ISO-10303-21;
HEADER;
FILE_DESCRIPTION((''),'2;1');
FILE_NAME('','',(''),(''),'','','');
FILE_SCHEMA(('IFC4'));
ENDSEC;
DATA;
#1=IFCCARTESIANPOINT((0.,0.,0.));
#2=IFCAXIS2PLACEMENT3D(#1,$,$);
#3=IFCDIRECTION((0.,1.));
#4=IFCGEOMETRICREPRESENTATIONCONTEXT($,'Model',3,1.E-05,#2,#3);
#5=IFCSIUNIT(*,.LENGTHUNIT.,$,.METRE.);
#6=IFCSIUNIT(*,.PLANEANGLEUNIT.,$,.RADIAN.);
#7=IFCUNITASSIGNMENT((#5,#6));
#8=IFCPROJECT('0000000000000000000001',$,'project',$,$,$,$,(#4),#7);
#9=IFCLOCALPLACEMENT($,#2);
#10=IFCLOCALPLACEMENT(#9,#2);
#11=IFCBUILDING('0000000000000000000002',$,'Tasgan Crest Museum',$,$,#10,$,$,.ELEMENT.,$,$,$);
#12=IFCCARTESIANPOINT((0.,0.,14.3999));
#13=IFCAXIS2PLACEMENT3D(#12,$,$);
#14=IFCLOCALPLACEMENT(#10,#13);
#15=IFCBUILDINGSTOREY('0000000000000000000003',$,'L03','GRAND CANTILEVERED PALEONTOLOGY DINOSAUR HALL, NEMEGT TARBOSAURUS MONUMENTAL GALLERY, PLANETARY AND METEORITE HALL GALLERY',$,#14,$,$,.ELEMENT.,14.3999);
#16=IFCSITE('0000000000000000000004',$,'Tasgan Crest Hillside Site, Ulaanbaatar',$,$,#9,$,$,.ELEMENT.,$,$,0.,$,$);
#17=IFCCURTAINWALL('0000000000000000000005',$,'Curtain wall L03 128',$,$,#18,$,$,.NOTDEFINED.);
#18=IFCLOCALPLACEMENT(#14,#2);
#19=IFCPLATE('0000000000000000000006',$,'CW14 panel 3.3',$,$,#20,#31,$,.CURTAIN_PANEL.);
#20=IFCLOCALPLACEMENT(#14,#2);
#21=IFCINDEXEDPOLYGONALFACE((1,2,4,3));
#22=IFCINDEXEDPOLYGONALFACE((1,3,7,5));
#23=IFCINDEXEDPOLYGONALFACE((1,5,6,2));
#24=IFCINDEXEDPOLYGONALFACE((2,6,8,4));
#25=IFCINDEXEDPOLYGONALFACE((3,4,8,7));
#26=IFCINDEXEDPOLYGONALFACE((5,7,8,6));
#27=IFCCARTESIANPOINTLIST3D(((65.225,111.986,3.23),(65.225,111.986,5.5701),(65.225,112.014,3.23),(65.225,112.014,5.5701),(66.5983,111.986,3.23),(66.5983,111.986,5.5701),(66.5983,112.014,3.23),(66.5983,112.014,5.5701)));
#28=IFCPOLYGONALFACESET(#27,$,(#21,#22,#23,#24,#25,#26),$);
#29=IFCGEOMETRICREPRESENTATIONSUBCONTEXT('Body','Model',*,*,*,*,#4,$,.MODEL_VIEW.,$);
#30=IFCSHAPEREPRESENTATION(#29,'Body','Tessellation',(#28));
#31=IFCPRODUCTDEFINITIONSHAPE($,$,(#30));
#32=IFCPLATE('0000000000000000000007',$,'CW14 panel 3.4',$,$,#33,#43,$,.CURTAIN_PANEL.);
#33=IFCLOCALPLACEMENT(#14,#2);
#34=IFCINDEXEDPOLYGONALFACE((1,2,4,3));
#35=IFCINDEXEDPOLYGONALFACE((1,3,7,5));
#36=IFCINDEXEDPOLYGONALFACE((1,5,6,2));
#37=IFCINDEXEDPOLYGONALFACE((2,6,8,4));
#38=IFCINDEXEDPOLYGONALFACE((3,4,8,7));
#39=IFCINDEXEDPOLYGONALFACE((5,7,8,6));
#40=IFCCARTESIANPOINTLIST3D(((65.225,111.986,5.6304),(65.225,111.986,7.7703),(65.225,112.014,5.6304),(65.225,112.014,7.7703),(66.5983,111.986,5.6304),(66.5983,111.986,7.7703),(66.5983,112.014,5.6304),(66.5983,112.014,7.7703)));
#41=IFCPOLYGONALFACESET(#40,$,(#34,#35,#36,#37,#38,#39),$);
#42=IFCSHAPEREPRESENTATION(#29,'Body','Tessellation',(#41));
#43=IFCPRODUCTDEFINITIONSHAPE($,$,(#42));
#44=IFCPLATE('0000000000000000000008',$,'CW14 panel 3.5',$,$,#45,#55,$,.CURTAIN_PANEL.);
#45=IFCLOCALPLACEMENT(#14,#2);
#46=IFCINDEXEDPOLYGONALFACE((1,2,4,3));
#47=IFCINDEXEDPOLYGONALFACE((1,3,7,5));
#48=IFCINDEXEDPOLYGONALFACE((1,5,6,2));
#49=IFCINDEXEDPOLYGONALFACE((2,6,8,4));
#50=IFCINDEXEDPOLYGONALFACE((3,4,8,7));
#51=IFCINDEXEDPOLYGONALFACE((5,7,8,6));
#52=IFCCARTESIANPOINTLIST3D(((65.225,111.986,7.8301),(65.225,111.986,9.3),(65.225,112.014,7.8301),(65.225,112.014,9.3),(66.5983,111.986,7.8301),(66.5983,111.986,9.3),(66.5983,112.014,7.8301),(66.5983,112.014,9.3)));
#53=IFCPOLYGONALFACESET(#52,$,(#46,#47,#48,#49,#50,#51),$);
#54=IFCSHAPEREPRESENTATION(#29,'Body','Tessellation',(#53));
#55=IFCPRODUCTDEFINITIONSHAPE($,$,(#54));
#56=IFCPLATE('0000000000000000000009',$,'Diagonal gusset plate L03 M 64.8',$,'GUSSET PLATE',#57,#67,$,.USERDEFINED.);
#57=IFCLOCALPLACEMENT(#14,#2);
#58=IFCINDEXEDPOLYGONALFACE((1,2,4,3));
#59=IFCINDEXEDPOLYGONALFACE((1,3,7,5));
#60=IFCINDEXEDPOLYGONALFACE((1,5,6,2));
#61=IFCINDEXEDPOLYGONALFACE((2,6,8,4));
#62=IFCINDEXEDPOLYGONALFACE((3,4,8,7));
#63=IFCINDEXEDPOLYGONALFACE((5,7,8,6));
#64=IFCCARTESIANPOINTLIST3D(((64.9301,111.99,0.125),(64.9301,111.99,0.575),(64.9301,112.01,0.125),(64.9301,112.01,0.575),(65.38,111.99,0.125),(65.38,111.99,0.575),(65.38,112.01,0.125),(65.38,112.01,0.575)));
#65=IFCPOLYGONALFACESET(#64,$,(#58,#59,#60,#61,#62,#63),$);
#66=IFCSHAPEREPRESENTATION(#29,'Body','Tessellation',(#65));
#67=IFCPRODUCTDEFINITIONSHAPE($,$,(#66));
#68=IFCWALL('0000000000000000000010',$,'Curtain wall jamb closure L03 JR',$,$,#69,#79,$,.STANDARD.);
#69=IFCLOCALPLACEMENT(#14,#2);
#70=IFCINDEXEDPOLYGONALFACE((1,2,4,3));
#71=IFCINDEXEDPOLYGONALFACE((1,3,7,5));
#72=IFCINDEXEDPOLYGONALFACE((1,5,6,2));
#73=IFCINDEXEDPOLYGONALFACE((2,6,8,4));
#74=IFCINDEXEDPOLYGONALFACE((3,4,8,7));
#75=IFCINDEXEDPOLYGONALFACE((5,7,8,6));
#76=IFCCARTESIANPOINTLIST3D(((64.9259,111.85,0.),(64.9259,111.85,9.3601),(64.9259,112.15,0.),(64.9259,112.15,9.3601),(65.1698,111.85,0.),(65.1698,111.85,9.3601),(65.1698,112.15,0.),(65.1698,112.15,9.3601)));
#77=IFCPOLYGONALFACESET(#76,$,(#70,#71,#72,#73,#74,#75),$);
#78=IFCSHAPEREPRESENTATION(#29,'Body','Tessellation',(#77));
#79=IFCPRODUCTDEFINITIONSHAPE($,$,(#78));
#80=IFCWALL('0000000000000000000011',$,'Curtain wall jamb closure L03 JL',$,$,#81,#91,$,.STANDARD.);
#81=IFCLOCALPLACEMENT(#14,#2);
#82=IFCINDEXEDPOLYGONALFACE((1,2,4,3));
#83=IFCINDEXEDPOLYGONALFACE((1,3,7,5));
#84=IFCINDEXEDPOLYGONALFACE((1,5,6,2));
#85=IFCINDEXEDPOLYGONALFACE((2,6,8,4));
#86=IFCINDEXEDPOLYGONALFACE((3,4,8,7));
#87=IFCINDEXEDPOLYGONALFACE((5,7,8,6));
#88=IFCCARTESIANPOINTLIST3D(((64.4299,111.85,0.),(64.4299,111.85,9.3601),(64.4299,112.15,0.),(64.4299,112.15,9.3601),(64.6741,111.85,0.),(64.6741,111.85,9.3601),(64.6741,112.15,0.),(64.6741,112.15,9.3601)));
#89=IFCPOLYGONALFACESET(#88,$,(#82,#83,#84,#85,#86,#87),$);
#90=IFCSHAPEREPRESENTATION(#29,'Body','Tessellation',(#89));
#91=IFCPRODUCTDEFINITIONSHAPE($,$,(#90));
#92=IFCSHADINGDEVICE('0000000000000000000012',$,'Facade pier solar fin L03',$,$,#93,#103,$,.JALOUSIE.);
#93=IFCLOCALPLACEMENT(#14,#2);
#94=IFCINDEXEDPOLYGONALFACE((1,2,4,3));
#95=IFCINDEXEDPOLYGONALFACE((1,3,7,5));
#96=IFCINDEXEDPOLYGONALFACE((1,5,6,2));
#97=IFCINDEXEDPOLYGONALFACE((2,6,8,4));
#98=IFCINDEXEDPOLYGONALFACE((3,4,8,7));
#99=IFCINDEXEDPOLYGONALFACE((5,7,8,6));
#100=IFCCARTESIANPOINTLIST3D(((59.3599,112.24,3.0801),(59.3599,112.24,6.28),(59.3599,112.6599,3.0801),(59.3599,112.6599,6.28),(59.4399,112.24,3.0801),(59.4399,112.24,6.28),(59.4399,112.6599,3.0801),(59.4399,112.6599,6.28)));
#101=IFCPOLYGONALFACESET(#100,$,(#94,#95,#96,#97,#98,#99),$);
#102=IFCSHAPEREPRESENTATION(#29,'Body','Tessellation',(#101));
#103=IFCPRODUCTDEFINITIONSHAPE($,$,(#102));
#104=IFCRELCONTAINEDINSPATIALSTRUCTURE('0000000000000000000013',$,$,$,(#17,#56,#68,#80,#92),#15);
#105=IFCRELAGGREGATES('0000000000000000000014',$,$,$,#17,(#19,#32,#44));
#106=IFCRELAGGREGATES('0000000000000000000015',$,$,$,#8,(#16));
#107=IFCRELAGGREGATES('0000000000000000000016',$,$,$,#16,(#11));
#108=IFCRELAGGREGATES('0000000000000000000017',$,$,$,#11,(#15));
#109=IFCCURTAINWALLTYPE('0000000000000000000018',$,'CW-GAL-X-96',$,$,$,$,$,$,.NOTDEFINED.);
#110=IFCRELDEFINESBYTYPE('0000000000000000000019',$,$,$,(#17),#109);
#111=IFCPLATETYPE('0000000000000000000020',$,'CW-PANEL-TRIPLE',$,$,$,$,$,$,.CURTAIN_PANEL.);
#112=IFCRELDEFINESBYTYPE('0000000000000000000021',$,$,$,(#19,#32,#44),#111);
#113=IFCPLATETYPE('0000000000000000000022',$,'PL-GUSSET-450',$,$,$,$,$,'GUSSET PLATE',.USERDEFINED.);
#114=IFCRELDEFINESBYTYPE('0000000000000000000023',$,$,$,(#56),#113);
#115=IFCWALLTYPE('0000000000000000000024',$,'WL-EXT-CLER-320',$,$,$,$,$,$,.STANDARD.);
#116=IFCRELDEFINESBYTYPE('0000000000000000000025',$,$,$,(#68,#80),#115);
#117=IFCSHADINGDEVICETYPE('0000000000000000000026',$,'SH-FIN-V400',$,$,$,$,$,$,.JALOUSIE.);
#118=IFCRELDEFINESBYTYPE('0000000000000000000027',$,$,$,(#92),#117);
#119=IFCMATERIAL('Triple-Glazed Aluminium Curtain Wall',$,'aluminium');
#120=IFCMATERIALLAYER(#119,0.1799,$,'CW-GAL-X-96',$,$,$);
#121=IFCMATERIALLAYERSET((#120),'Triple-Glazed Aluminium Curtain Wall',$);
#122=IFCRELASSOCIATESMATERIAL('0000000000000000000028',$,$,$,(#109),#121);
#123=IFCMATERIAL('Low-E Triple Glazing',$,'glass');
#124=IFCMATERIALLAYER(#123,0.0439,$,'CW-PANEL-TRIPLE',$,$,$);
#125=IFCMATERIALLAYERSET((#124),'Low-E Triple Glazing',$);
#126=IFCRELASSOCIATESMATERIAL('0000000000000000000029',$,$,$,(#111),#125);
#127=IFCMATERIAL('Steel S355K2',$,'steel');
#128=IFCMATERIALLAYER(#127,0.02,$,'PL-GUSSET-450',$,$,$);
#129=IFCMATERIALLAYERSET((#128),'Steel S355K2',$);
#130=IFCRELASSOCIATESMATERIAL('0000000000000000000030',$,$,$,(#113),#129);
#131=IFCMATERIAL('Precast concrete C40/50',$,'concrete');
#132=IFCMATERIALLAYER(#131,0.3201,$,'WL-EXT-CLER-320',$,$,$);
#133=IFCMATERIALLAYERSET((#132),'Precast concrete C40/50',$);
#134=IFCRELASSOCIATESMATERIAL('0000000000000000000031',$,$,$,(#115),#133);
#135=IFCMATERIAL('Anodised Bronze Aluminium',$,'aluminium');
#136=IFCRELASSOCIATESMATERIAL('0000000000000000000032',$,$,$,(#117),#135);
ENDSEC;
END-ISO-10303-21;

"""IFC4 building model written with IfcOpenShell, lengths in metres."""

from ifc_helpers import new_model, si_unit, direction, frame, frame_2d, origin, origin_2d, place, context, subcontext, project, spatial, rectangle, extrude, material, layer, layer_set, type_object, element, aggregate, save


model = new_model("IFC4")

# Units and contexts
model_context = context("Model", 3, precision=1e-05, world=origin(), true_north=direction((0.0, 1.0)))
body_context = subcontext(model_context, "Body", "Model", "MODEL_VIEW")
ifc_project = project(units=[si_unit("LENGTHUNIT", "METRE"), si_unit("PLANEANGLEUNIT", "RADIAN")], contexts=[model_context])

# Site, building, storey
site_placement = place(None, origin())
site = spatial("IfcSite", under=ifc_project, at=site_placement, Name="Tasgan Crest Hillside Site, Ulaanbaatar", CompositionType="ELEMENT", RefElevation=0.0)
building_placement = place(site_placement, origin())
building = spatial("IfcBuilding", under=site, at=building_placement, Name="Tasgan Crest Museum", CompositionType="ELEMENT")
storey_placement = place(building_placement, frame((0.0, 0.0, 14.3999)))
storey = spatial("IfcBuildingStorey", under=building, at=storey_placement, Name="L03", Description="GRAND CANTILEVERED PALEONTOLOGY DINOSAUR HALL, NEMEGT TARBOSAURUS MONUMENTAL GALLERY, PLANETARY AND METEORITE HALL GALLERY", CompositionType="ELEMENT", Elevation=14.3999)

# Curtain wall
ifc_material_1 = material(Name="Triple-Glazed Aluminium Curtain Wall", Category="aluminium")
ifc_layer_1 = layer(ifc_material_1, 0.1799, Name="CW-GAL-X-96")
ifc_layer_set_1 = layer_set([ifc_layer_1], Name="Triple-Glazed Aluminium Curtain Wall")
curtain_wall_type_1 = type_object("IfcCurtainWallType", Name="CW-GAL-X-96", PredefinedType="NOTDEFINED", material=ifc_layer_set_1)
curtain_wall_1_placement = place(storey_placement, origin())
curtain_wall_1 = element("IfcCurtainWall", 1, at=curtain_wall_1_placement, inside=storey, type_object=curtain_wall_type_1, Name="Curtain wall L03 128", PredefinedType="NOTDEFINED")

# Plates
ifc_material_2 = material(Name="Low-E Triple Glazing", Category="glass")
ifc_layer_2 = layer(ifc_material_2, 0.0439, Name="CW-PANEL-TRIPLE")
ifc_layer_set_2 = layer_set([ifc_layer_2], Name="Low-E Triple Glazing")
plate_type_1 = type_object("IfcPlateType", Name="CW-PANEL-TRIPLE", PredefinedType="CURTAIN_PANEL", material=ifc_layer_set_2)
plate_1_placement = place(storey_placement, frame((65.9116, 112.0, 3.23), z_axis=(0.0, 0.0, 1.0), x_axis=(-1.0, 0.0, 0.0)))
plate_1 = element("IfcPlate", 2, at=plate_1_placement, type_object=plate_type_1, Name="CW14 panel 3.3", PredefinedType="CURTAIN_PANEL", context=body_context, shape_type="SweptSolid", body=[
    extrude(rectangle(XDim=1.3733, YDim=0.0281, at=origin_2d()), origin(), (0.0, 0.0, 1.0), 2.3401),
])
plate_2_placement = place(storey_placement, frame((65.9116, 112.0, 5.6304), z_axis=(0.0, 0.0, 1.0), x_axis=(-1.0, 0.0, 0.0)))
plate_2 = element("IfcPlate", 3, at=plate_2_placement, type_object=plate_type_1, Name="CW14 panel 3.4", PredefinedType="CURTAIN_PANEL", context=body_context, shape_type="SweptSolid", body=[
    extrude(rectangle(XDim=1.3733, YDim=0.0281, at=origin_2d()), origin(), (0.0, 0.0, 1.0), 2.1399),
])
plate_3_placement = place(storey_placement, frame((65.9116, 112.0, 7.8301), z_axis=(0.0, 0.0, 1.0), x_axis=(-1.0, 0.0, 0.0)))
plate_3 = element("IfcPlate", 4, at=plate_3_placement, type_object=plate_type_1, Name="CW14 panel 3.5", PredefinedType="CURTAIN_PANEL", context=body_context, shape_type="SweptSolid", body=[
    extrude(rectangle(XDim=1.3733, YDim=0.0281, at=origin_2d()), origin(), (0.0, 0.0, 1.0), 1.47),
])
aggregate(curtain_wall_1, [plate_1, plate_2, plate_3])
ifc_material_3 = material(Name="Steel S355K2", Category="steel")
ifc_layer_3 = layer(ifc_material_3, 0.02, Name="PL-GUSSET-450")
ifc_layer_set_3 = layer_set([ifc_layer_3], Name="Steel S355K2")
plate_type_2 = type_object("IfcPlateType", Name="PL-GUSSET-450", ElementType="GUSSET PLATE", PredefinedType="USERDEFINED", material=ifc_layer_set_3)
plate_4_placement = place(storey_placement, frame((65.155, 112.0, 0.125), z_axis=(0.0, 0.0, 1.0), x_axis=(1.0, 0.0, 0.0)))
element("IfcPlate", 5, at=plate_4_placement, inside=storey, type_object=plate_type_2, Name="Diagonal gusset plate L03 M 64.8", ObjectType="GUSSET PLATE", PredefinedType="USERDEFINED", context=body_context, shape_type="SweptSolid", body=[
    extrude(rectangle(XDim=0.45, YDim=0.02, at=origin_2d()), origin(), (0.0, 0.0, 1.0), 0.45),
])

# Walls
ifc_material_4 = material(Name="Precast concrete C40/50", Category="concrete")
ifc_layer_4 = layer(ifc_material_4, 0.3201, Name="WL-EXT-CLER-320")
ifc_layer_set_4 = layer_set([ifc_layer_4], Name="Precast concrete C40/50")
wall_type = type_object("IfcWallType", Name="WL-EXT-CLER-320", PredefinedType="STANDARD", material=ifc_layer_set_4)
wall_1_placement = place(storey_placement, frame((65.1699, 112.0, 0.0), z_axis=(0.0, 0.0, 1.0), x_axis=(-1.0, 0.0, 0.0)))
element("IfcWall", 6, at=wall_1_placement, inside=storey, type_object=wall_type, Name="Curtain wall jamb closure L03 JR", PredefinedType="STANDARD", context=body_context, shape_type="SweptSolid", body=[
    extrude(rectangle(XDim=0.2439, YDim=0.3, at=frame_2d((0.1221, 0.0))), origin(), (0.0, 0.0, 1.0), 9.3601),
])
wall_2_placement = place(storey_placement, frame((64.6741, 112.0, 0.0), z_axis=(0.0, 0.0, 1.0), x_axis=(-1.0, 0.0, 0.0)))
element("IfcWall", 7, at=wall_2_placement, inside=storey, type_object=wall_type, Name="Curtain wall jamb closure L03 JL", PredefinedType="STANDARD", context=body_context, shape_type="SweptSolid", body=[
    extrude(rectangle(XDim=0.2441, YDim=0.3, at=frame_2d((0.1221, 0.0))), origin(), (0.0, 0.0, 1.0), 9.3601),
])

# Shading device
ifc_material_5 = material(Name="Anodised Bronze Aluminium", Category="aluminium")
shading_device_type = type_object("IfcShadingDeviceType", Name="SH-FIN-V400", PredefinedType="JALOUSIE", material=ifc_material_5)
shading_device_placement = place(storey_placement, frame((59.3999, 112.45, 3.0801), z_axis=(0.0, 0.0, 1.0), x_axis=(-1.0, 0.0, 0.0)))
element("IfcShadingDevice", 8, at=shading_device_placement, inside=storey, type_object=shading_device_type, Name="Facade pier solar fin L03", PredefinedType="JALOUSIE", context=body_context, shape_type="SweptSolid", body=[
    extrude(rectangle(XDim=0.0801, YDim=0.4199, at=origin_2d()), origin(), (0.0, 0.0, 1.0), 3.2),
])

save(model, "model.ifc")
